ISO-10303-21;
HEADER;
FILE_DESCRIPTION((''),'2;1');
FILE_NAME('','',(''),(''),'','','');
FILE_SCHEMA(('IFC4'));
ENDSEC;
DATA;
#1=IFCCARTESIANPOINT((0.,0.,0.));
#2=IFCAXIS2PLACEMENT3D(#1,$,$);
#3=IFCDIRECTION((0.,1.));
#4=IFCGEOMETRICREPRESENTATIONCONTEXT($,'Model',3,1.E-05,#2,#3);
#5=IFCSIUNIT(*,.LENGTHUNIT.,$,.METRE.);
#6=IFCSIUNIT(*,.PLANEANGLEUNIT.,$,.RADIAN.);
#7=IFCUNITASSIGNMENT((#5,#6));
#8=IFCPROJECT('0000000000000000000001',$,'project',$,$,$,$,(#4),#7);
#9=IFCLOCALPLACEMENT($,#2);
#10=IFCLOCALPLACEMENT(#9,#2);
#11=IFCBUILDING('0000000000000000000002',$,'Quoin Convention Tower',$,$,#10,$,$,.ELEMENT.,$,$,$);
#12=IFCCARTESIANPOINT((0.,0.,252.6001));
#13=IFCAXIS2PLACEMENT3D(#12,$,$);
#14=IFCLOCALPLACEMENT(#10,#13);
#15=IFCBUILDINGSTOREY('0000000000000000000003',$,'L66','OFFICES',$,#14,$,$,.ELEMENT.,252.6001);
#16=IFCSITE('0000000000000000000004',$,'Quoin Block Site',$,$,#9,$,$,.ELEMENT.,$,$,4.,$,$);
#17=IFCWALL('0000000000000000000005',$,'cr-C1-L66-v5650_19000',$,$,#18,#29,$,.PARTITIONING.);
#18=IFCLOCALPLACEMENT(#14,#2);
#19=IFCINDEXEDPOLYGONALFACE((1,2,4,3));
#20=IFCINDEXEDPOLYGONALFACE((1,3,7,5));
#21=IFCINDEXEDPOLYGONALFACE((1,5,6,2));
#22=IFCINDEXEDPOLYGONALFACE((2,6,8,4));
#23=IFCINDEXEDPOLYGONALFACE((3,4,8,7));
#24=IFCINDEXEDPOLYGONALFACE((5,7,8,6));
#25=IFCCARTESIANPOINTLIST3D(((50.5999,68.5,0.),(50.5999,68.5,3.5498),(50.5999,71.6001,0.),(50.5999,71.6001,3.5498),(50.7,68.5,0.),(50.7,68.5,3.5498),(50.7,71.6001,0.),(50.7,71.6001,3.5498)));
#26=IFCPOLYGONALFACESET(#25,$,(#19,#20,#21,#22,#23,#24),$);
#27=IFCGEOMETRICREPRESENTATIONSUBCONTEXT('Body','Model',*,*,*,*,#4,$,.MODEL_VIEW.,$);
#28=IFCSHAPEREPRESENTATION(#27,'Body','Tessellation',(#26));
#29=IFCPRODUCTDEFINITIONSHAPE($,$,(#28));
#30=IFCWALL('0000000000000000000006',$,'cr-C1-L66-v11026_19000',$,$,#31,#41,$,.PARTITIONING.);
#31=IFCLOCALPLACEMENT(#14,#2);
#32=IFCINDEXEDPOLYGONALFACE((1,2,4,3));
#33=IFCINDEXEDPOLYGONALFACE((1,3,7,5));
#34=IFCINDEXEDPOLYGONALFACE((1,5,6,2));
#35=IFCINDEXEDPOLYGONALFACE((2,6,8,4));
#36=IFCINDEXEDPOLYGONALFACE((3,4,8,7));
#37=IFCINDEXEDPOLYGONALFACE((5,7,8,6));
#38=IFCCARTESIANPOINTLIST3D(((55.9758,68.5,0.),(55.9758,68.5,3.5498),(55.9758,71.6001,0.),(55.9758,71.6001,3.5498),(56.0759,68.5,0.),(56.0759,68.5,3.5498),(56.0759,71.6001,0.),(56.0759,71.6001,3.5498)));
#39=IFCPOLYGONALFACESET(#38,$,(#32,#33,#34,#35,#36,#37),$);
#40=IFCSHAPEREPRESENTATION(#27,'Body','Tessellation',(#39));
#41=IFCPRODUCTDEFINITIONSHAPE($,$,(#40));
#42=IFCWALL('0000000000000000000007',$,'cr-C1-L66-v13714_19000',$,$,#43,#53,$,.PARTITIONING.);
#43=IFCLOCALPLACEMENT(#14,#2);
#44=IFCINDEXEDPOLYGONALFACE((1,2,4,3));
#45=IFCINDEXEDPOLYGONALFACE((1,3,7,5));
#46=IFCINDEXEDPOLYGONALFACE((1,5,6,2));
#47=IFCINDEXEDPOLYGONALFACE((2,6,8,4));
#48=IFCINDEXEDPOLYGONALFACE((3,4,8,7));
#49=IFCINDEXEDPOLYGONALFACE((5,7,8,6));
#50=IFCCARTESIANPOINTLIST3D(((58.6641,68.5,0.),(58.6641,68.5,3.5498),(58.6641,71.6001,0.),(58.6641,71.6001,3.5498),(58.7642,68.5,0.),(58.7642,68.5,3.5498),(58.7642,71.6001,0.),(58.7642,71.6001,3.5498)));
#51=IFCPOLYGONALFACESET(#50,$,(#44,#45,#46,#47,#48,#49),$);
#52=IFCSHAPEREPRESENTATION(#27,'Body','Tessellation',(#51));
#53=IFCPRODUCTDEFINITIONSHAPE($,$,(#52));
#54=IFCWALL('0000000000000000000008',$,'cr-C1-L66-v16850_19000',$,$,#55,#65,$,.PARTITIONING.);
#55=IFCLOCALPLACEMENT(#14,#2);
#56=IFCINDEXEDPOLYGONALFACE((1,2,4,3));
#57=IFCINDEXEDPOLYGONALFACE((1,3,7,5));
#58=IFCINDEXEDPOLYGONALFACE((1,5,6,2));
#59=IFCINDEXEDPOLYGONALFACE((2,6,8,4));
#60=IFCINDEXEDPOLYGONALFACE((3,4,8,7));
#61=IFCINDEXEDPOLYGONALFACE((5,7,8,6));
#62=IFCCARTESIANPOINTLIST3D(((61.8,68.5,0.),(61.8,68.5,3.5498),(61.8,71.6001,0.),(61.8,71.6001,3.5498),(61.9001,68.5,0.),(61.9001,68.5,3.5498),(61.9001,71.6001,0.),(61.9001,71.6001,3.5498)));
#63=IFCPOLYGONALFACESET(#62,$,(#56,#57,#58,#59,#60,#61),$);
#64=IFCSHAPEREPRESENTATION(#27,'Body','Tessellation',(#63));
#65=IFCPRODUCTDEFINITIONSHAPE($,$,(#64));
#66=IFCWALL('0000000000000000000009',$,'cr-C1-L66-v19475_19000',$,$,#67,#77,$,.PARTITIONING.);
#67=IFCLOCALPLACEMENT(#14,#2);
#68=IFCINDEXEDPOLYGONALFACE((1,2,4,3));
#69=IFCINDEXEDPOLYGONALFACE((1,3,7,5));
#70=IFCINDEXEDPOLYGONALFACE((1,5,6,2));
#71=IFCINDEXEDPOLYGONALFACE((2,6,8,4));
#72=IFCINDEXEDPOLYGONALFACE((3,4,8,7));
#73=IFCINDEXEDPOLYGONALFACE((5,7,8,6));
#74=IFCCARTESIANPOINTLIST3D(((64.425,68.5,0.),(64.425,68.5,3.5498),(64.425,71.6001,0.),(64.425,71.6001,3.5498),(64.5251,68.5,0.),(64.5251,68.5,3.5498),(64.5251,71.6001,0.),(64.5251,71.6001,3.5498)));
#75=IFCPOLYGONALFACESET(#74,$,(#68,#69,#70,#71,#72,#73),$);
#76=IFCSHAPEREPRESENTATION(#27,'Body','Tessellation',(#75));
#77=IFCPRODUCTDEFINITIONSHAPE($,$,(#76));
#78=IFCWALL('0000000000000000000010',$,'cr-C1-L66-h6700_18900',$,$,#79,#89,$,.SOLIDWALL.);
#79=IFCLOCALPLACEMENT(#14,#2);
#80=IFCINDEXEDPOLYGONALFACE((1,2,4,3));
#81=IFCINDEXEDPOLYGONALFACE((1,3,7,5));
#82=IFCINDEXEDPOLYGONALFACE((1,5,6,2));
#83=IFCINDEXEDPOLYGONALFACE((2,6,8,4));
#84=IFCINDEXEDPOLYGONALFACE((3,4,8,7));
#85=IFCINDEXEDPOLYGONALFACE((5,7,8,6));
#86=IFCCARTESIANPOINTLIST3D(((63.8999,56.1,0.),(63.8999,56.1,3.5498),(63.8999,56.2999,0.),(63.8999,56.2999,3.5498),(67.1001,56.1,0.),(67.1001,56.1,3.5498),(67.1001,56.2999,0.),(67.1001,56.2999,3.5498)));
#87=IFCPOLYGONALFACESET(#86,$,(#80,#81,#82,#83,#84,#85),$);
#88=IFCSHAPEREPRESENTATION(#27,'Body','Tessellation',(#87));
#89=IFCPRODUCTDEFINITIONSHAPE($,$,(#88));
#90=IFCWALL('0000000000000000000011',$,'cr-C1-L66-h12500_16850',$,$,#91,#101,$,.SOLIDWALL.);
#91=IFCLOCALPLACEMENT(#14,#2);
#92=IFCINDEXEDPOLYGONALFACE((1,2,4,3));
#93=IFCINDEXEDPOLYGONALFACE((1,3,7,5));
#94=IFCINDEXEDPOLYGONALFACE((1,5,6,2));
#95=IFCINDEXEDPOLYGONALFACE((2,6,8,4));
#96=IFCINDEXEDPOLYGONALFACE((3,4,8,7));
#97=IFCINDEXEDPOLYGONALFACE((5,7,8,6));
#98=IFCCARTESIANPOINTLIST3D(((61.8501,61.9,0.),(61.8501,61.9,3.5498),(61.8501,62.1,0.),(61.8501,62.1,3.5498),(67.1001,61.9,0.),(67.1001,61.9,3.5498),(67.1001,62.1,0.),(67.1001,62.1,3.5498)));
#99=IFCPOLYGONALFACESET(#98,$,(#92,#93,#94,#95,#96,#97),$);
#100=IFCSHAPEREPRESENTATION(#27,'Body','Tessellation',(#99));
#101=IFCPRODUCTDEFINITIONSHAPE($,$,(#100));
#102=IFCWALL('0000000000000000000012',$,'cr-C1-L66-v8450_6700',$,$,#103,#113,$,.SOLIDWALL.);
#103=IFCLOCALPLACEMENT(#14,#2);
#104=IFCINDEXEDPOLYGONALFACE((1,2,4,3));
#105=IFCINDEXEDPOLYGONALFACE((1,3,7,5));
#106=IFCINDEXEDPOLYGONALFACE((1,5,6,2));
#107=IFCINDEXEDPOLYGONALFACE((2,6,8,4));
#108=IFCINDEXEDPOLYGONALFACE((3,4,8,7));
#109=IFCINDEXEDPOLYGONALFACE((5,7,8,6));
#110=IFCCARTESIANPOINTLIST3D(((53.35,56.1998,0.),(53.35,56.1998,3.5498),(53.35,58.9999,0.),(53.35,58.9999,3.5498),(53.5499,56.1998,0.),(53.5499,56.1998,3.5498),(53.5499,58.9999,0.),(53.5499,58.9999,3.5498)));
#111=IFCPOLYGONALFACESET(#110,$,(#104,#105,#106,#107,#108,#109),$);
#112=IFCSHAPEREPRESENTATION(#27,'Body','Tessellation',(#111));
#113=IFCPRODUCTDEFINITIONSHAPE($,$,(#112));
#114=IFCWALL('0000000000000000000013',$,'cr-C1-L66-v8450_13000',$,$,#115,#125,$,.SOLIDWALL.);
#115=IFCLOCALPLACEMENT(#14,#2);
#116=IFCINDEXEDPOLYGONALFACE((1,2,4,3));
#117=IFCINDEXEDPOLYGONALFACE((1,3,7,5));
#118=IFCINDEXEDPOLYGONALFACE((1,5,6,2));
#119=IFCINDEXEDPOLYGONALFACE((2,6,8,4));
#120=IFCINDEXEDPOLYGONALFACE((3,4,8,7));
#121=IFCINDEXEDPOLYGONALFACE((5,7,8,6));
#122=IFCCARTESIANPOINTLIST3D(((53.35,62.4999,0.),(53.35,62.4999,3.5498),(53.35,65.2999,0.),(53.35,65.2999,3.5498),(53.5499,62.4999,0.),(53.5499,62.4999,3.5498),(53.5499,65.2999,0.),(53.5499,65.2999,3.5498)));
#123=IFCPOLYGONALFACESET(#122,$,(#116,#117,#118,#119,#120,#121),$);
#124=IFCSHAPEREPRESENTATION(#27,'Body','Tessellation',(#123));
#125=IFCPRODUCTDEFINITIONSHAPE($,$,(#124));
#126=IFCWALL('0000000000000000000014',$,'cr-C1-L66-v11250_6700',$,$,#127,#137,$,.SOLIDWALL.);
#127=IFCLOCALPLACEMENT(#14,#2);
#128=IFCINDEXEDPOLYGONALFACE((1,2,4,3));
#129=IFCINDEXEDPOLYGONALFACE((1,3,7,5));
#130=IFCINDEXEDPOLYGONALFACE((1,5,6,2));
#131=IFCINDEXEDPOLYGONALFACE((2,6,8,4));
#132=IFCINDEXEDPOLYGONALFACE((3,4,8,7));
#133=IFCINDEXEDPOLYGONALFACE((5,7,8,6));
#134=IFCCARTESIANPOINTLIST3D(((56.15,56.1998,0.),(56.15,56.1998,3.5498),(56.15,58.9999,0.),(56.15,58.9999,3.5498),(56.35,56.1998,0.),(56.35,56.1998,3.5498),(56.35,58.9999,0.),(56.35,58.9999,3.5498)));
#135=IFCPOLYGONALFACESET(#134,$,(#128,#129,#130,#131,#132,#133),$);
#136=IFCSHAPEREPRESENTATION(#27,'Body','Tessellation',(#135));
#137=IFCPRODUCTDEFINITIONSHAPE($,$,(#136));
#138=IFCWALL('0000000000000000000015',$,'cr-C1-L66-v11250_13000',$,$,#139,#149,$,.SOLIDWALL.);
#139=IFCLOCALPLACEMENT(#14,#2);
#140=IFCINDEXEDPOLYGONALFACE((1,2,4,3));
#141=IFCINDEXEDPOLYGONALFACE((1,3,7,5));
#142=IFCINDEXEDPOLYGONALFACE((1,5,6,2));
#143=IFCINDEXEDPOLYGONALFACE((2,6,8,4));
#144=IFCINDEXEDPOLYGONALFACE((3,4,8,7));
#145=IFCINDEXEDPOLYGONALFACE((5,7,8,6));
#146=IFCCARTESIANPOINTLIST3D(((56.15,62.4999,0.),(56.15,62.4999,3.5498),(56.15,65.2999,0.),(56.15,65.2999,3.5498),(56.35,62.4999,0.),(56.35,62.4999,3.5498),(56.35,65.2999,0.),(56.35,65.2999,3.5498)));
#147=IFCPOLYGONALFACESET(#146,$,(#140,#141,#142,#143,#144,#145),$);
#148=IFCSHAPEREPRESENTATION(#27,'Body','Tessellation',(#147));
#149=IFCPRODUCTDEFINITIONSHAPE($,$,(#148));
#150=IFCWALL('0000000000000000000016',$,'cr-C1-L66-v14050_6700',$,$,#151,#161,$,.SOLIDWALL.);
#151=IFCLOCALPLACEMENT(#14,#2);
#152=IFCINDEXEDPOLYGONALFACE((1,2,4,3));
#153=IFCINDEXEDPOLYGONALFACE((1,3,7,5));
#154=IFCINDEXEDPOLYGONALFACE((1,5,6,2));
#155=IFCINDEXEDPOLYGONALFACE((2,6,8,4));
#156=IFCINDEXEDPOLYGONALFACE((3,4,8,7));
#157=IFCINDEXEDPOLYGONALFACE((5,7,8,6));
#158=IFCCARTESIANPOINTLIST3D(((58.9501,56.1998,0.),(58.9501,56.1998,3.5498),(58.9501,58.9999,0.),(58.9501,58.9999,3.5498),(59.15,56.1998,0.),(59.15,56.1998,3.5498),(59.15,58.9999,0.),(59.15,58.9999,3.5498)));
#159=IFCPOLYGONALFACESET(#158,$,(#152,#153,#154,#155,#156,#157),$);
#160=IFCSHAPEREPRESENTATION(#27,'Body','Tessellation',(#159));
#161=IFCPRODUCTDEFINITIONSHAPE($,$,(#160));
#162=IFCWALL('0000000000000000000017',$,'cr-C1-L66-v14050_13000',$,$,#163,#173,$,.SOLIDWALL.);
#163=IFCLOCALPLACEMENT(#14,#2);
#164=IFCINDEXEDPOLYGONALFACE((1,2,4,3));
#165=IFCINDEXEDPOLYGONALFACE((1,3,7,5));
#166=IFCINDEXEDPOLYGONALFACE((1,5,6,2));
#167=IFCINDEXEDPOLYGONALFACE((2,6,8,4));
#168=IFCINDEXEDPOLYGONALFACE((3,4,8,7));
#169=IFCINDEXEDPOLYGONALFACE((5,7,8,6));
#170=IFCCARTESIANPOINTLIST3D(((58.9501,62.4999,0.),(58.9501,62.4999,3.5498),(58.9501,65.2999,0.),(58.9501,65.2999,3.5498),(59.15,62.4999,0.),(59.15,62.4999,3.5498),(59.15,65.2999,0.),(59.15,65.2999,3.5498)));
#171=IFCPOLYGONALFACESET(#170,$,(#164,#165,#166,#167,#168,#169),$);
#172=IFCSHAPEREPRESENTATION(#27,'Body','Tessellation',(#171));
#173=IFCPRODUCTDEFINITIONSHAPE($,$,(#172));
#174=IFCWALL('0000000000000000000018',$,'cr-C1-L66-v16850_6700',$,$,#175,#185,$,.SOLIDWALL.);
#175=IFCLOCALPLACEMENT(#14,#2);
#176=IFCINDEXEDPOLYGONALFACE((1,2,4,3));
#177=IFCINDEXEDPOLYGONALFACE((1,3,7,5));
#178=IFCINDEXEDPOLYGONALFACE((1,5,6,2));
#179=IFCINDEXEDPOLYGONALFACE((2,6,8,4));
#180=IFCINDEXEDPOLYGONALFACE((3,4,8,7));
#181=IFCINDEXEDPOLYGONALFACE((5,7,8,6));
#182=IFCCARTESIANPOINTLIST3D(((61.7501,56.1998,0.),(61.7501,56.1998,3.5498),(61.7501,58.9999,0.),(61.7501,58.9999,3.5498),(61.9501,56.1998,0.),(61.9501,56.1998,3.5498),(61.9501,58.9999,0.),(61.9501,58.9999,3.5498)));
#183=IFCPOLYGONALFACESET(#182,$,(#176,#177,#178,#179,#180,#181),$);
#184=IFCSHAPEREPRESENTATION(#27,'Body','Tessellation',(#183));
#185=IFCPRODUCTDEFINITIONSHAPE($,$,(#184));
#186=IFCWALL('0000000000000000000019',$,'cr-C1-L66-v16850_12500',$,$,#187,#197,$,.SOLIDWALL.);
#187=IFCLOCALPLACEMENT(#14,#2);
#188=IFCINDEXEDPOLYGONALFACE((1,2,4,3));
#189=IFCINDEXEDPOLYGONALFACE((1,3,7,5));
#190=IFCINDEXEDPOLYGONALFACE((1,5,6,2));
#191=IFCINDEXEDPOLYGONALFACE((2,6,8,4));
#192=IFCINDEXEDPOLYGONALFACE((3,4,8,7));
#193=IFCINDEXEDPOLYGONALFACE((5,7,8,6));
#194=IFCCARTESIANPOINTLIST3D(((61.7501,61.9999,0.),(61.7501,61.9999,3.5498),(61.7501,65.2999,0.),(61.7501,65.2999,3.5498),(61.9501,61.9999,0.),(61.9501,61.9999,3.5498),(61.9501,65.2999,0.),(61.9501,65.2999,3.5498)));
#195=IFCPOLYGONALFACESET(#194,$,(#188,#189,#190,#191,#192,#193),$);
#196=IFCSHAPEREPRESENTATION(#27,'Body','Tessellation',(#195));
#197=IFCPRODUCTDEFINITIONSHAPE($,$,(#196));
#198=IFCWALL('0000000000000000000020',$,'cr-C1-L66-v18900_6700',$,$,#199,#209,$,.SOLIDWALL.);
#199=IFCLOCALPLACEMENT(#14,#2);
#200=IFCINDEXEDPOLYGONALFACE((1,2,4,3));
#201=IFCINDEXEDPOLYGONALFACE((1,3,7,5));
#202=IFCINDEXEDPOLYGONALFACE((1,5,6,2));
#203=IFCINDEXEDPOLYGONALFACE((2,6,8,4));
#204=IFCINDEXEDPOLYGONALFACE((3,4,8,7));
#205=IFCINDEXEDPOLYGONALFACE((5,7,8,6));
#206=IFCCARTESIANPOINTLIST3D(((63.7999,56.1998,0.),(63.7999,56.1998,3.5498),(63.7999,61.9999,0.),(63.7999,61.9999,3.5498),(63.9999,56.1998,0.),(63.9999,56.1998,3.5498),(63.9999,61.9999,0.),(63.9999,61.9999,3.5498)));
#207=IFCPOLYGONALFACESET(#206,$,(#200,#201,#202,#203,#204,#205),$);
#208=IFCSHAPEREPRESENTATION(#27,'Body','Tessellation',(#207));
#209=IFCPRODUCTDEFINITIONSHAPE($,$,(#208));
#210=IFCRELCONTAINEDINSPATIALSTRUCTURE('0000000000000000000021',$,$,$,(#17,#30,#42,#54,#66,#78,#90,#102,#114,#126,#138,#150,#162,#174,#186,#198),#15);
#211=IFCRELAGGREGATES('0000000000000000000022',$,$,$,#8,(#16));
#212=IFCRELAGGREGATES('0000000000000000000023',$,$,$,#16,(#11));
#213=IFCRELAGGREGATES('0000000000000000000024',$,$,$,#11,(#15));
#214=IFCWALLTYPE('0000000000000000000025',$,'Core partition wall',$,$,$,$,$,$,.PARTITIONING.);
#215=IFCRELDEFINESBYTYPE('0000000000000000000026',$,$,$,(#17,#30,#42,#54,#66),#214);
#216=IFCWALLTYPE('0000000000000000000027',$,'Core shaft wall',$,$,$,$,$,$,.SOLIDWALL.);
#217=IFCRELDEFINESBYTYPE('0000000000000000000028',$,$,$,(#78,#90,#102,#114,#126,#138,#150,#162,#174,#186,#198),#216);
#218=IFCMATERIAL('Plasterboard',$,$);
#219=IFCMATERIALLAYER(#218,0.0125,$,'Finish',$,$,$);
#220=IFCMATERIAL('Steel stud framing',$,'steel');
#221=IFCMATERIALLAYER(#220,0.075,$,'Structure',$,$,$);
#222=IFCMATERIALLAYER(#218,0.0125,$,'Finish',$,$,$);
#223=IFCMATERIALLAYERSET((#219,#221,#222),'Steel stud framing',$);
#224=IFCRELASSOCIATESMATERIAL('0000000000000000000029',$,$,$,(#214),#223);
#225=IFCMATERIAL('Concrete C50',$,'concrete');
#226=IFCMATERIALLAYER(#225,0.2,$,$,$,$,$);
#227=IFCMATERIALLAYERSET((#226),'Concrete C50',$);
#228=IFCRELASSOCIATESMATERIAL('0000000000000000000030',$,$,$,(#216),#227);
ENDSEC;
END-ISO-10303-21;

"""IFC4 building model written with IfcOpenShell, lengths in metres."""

from ifc_helpers import new_model, si_unit, direction, frame, frame_2d, origin, place, context, subcontext, project, spatial, rectangle, extrude, material, layer, layer_set, type_object, element, save


model = new_model("IFC4")

# Units and contexts
model_context = context("Model", 3, precision=1e-05, world=origin(), true_north=direction((0.0, 1.0)))
body_context = subcontext(model_context, "Body", "Model", "MODEL_VIEW")
ifc_project = project(units=[si_unit("LENGTHUNIT", "METRE"), si_unit("PLANEANGLEUNIT", "RADIAN")], contexts=[model_context])

# Site, building, storey
site_placement = place(None, origin())
site = spatial("IfcSite", under=ifc_project, at=site_placement, Name="Quoin Block Site", CompositionType="ELEMENT", RefElevation=4.0)
building_placement = place(site_placement, origin())
building = spatial("IfcBuilding", under=site, at=building_placement, Name="Quoin Convention Tower", CompositionType="ELEMENT")
storey_placement = place(building_placement, frame((0.0, 0.0, 252.6001)))
storey = spatial("IfcBuildingStorey", under=building, at=storey_placement, Name="L66", Description="OFFICES", CompositionType="ELEMENT", Elevation=252.6001)

# Walls
ifc_material_1 = material(Name="Plasterboard")
ifc_layer_1 = layer(ifc_material_1, 0.0125, Name="Finish")
ifc_material_2 = material(Name="Steel stud framing", Category="steel")
ifc_layer_2 = layer(ifc_material_2, 0.075, Name="Structure")
ifc_layer_3 = layer(ifc_material_1, 0.0125, Name="Finish")
ifc_layer_set_1 = layer_set([ifc_layer_1, ifc_layer_2, ifc_layer_3], Name="Steel stud framing")
wall_type_1 = type_object("IfcWallType", Name="Core partition wall", PredefinedType="PARTITIONING", material=ifc_layer_set_1)
for number, where, z_axis, x_axis, name in (
    (1, (50.6499, 68.5, 0.0), (0.0, 0.0, 1.0), (0.0, 1.0, 0.0), "cr-C1-L66-v5650_19000"),
    (2, (56.0259, 68.5, 0.0), (0.0, 0.0, 1.0), (0.0, 1.0, 0.0), "cr-C1-L66-v11026_19000"),
    (3, (58.7141, 68.5, 0.0), (0.0, 0.0, 1.0), (0.0, 1.0, 0.0), "cr-C1-L66-v13714_19000"),
    (4, (61.8501, 68.5, 0.0), (0.0, 0.0, 1.0), (0.0, 1.0, 0.0), "cr-C1-L66-v16850_19000"),
    (5, (64.4751, 68.5, 0.0), (0.0, 0.0, 1.0), (0.0, 1.0, 0.0), "cr-C1-L66-v19475_19000"),
):
    element("IfcWall", number, at=place(storey_placement, frame(where, z_axis=z_axis, x_axis=x_axis)), inside=storey, type_object=wall_type_1, Name=name, PredefinedType="PARTITIONING", context=body_context, shape_type="SweptSolid", body=[
        extrude(rectangle(XDim=3.1001, YDim=0.1001, at=frame_2d((1.55, 0.0))), origin(), (0.0, 0.0, 1.0), 3.5498),
    ])
ifc_material_3 = material(Name="Concrete C50", Category="concrete")
ifc_layer_4 = layer(ifc_material_3, 0.2)
ifc_layer_set_2 = layer_set([ifc_layer_4], Name="Concrete C50")
wall_type_2 = type_object("IfcWallType", Name="Core shaft wall", PredefinedType="SOLIDWALL", material=ifc_layer_set_2)
wall_1_placement = place(storey_placement, frame((63.8999, 56.2, 0.0), z_axis=(0.0, 0.0, 1.0), x_axis=(1.0, 0.0, 0.0)))
element("IfcWall", 6, at=wall_1_placement, inside=storey, type_object=wall_type_2, Name="cr-C1-L66-h6700_18900", PredefinedType="SOLIDWALL", context=body_context, shape_type="SweptSolid", body=[
    extrude(rectangle(XDim=3.2002, YDim=0.2, at=frame_2d((1.6001, 0.0))), origin(), (0.0, 0.0, 1.0), 3.5498),
])
wall_2_placement = place(storey_placement, frame((61.8501, 62.0, 0.0), z_axis=(0.0, 0.0, 1.0), x_axis=(1.0, 0.0, 0.0)))
element("IfcWall", 7, at=wall_2_placement, inside=storey, type_object=wall_type_2, Name="cr-C1-L66-h12500_16850", PredefinedType="SOLIDWALL", context=body_context, shape_type="SweptSolid", body=[
    extrude(rectangle(XDim=5.25, YDim=0.2, at=frame_2d((2.625, 0.0))), origin(), (0.0, 0.0, 1.0), 3.5498),
])
for number, where, z_axis, x_axis, name in (
    (8, (53.45, 56.2, 0.0), (0.0, 0.0, 1.0), (0.0, 1.0, 0.0), "cr-C1-L66-v8450_6700"),
    (9, (53.45, 62.5, 0.0), (0.0, 0.0, 1.0), (0.0, 1.0, 0.0), "cr-C1-L66-v8450_13000"),
    (10, (56.25, 56.2, 0.0), (0.0, 0.0, 1.0), (0.0, 1.0, 0.0), "cr-C1-L66-v11250_6700"),
    (11, (56.25, 62.5, 0.0), (0.0, 0.0, 1.0), (0.0, 1.0, 0.0), "cr-C1-L66-v11250_13000"),
    (12, (59.05, 56.2, 0.0), (0.0, 0.0, 1.0), (0.0, 1.0, 0.0), "cr-C1-L66-v14050_6700"),
    (13, (59.05, 62.5, 0.0), (0.0, 0.0, 1.0), (0.0, 1.0, 0.0), "cr-C1-L66-v14050_13000"),
    (14, (61.8501, 56.2, 0.0), (0.0, 0.0, 1.0), (0.0, 1.0, 0.0), "cr-C1-L66-v16850_6700"),
):
    element("IfcWall", number, at=place(storey_placement, frame(where, z_axis=z_axis, x_axis=x_axis)), inside=storey, type_object=wall_type_2, Name=name, PredefinedType="SOLIDWALL", context=body_context, shape_type="SweptSolid", body=[
        extrude(rectangle(XDim=2.8, YDim=0.2, at=frame_2d((1.3999, 0.0))), origin(), (0.0, 0.0, 1.0), 3.5498),
    ])
wall_3_placement = place(storey_placement, frame((61.8501, 62.0, 0.0), z_axis=(0.0, 0.0, 1.0), x_axis=(0.0, 1.0, 0.0)))
element("IfcWall", 15, at=wall_3_placement, inside=storey, type_object=wall_type_2, Name="cr-C1-L66-v16850_12500", PredefinedType="SOLIDWALL", context=body_context, shape_type="SweptSolid", body=[
    extrude(rectangle(XDim=3.3, YDim=0.2, at=frame_2d((1.6499, 0.0))), origin(), (0.0, 0.0, 1.0), 3.5498),
])
wall_4_placement = place(storey_placement, frame((63.8999, 56.2, 0.0), z_axis=(0.0, 0.0, 1.0), x_axis=(0.0, 1.0, 0.0)))
element("IfcWall", 16, at=wall_4_placement, inside=storey, type_object=wall_type_2, Name="cr-C1-L66-v18900_6700", PredefinedType="SOLIDWALL", context=body_context, shape_type="SweptSolid", body=[
    extrude(rectangle(XDim=5.8, YDim=0.2, at=frame_2d((2.8999, 0.0))), origin(), (0.0, 0.0, 1.0), 3.5498),
])

save(model, "model.ifc")
